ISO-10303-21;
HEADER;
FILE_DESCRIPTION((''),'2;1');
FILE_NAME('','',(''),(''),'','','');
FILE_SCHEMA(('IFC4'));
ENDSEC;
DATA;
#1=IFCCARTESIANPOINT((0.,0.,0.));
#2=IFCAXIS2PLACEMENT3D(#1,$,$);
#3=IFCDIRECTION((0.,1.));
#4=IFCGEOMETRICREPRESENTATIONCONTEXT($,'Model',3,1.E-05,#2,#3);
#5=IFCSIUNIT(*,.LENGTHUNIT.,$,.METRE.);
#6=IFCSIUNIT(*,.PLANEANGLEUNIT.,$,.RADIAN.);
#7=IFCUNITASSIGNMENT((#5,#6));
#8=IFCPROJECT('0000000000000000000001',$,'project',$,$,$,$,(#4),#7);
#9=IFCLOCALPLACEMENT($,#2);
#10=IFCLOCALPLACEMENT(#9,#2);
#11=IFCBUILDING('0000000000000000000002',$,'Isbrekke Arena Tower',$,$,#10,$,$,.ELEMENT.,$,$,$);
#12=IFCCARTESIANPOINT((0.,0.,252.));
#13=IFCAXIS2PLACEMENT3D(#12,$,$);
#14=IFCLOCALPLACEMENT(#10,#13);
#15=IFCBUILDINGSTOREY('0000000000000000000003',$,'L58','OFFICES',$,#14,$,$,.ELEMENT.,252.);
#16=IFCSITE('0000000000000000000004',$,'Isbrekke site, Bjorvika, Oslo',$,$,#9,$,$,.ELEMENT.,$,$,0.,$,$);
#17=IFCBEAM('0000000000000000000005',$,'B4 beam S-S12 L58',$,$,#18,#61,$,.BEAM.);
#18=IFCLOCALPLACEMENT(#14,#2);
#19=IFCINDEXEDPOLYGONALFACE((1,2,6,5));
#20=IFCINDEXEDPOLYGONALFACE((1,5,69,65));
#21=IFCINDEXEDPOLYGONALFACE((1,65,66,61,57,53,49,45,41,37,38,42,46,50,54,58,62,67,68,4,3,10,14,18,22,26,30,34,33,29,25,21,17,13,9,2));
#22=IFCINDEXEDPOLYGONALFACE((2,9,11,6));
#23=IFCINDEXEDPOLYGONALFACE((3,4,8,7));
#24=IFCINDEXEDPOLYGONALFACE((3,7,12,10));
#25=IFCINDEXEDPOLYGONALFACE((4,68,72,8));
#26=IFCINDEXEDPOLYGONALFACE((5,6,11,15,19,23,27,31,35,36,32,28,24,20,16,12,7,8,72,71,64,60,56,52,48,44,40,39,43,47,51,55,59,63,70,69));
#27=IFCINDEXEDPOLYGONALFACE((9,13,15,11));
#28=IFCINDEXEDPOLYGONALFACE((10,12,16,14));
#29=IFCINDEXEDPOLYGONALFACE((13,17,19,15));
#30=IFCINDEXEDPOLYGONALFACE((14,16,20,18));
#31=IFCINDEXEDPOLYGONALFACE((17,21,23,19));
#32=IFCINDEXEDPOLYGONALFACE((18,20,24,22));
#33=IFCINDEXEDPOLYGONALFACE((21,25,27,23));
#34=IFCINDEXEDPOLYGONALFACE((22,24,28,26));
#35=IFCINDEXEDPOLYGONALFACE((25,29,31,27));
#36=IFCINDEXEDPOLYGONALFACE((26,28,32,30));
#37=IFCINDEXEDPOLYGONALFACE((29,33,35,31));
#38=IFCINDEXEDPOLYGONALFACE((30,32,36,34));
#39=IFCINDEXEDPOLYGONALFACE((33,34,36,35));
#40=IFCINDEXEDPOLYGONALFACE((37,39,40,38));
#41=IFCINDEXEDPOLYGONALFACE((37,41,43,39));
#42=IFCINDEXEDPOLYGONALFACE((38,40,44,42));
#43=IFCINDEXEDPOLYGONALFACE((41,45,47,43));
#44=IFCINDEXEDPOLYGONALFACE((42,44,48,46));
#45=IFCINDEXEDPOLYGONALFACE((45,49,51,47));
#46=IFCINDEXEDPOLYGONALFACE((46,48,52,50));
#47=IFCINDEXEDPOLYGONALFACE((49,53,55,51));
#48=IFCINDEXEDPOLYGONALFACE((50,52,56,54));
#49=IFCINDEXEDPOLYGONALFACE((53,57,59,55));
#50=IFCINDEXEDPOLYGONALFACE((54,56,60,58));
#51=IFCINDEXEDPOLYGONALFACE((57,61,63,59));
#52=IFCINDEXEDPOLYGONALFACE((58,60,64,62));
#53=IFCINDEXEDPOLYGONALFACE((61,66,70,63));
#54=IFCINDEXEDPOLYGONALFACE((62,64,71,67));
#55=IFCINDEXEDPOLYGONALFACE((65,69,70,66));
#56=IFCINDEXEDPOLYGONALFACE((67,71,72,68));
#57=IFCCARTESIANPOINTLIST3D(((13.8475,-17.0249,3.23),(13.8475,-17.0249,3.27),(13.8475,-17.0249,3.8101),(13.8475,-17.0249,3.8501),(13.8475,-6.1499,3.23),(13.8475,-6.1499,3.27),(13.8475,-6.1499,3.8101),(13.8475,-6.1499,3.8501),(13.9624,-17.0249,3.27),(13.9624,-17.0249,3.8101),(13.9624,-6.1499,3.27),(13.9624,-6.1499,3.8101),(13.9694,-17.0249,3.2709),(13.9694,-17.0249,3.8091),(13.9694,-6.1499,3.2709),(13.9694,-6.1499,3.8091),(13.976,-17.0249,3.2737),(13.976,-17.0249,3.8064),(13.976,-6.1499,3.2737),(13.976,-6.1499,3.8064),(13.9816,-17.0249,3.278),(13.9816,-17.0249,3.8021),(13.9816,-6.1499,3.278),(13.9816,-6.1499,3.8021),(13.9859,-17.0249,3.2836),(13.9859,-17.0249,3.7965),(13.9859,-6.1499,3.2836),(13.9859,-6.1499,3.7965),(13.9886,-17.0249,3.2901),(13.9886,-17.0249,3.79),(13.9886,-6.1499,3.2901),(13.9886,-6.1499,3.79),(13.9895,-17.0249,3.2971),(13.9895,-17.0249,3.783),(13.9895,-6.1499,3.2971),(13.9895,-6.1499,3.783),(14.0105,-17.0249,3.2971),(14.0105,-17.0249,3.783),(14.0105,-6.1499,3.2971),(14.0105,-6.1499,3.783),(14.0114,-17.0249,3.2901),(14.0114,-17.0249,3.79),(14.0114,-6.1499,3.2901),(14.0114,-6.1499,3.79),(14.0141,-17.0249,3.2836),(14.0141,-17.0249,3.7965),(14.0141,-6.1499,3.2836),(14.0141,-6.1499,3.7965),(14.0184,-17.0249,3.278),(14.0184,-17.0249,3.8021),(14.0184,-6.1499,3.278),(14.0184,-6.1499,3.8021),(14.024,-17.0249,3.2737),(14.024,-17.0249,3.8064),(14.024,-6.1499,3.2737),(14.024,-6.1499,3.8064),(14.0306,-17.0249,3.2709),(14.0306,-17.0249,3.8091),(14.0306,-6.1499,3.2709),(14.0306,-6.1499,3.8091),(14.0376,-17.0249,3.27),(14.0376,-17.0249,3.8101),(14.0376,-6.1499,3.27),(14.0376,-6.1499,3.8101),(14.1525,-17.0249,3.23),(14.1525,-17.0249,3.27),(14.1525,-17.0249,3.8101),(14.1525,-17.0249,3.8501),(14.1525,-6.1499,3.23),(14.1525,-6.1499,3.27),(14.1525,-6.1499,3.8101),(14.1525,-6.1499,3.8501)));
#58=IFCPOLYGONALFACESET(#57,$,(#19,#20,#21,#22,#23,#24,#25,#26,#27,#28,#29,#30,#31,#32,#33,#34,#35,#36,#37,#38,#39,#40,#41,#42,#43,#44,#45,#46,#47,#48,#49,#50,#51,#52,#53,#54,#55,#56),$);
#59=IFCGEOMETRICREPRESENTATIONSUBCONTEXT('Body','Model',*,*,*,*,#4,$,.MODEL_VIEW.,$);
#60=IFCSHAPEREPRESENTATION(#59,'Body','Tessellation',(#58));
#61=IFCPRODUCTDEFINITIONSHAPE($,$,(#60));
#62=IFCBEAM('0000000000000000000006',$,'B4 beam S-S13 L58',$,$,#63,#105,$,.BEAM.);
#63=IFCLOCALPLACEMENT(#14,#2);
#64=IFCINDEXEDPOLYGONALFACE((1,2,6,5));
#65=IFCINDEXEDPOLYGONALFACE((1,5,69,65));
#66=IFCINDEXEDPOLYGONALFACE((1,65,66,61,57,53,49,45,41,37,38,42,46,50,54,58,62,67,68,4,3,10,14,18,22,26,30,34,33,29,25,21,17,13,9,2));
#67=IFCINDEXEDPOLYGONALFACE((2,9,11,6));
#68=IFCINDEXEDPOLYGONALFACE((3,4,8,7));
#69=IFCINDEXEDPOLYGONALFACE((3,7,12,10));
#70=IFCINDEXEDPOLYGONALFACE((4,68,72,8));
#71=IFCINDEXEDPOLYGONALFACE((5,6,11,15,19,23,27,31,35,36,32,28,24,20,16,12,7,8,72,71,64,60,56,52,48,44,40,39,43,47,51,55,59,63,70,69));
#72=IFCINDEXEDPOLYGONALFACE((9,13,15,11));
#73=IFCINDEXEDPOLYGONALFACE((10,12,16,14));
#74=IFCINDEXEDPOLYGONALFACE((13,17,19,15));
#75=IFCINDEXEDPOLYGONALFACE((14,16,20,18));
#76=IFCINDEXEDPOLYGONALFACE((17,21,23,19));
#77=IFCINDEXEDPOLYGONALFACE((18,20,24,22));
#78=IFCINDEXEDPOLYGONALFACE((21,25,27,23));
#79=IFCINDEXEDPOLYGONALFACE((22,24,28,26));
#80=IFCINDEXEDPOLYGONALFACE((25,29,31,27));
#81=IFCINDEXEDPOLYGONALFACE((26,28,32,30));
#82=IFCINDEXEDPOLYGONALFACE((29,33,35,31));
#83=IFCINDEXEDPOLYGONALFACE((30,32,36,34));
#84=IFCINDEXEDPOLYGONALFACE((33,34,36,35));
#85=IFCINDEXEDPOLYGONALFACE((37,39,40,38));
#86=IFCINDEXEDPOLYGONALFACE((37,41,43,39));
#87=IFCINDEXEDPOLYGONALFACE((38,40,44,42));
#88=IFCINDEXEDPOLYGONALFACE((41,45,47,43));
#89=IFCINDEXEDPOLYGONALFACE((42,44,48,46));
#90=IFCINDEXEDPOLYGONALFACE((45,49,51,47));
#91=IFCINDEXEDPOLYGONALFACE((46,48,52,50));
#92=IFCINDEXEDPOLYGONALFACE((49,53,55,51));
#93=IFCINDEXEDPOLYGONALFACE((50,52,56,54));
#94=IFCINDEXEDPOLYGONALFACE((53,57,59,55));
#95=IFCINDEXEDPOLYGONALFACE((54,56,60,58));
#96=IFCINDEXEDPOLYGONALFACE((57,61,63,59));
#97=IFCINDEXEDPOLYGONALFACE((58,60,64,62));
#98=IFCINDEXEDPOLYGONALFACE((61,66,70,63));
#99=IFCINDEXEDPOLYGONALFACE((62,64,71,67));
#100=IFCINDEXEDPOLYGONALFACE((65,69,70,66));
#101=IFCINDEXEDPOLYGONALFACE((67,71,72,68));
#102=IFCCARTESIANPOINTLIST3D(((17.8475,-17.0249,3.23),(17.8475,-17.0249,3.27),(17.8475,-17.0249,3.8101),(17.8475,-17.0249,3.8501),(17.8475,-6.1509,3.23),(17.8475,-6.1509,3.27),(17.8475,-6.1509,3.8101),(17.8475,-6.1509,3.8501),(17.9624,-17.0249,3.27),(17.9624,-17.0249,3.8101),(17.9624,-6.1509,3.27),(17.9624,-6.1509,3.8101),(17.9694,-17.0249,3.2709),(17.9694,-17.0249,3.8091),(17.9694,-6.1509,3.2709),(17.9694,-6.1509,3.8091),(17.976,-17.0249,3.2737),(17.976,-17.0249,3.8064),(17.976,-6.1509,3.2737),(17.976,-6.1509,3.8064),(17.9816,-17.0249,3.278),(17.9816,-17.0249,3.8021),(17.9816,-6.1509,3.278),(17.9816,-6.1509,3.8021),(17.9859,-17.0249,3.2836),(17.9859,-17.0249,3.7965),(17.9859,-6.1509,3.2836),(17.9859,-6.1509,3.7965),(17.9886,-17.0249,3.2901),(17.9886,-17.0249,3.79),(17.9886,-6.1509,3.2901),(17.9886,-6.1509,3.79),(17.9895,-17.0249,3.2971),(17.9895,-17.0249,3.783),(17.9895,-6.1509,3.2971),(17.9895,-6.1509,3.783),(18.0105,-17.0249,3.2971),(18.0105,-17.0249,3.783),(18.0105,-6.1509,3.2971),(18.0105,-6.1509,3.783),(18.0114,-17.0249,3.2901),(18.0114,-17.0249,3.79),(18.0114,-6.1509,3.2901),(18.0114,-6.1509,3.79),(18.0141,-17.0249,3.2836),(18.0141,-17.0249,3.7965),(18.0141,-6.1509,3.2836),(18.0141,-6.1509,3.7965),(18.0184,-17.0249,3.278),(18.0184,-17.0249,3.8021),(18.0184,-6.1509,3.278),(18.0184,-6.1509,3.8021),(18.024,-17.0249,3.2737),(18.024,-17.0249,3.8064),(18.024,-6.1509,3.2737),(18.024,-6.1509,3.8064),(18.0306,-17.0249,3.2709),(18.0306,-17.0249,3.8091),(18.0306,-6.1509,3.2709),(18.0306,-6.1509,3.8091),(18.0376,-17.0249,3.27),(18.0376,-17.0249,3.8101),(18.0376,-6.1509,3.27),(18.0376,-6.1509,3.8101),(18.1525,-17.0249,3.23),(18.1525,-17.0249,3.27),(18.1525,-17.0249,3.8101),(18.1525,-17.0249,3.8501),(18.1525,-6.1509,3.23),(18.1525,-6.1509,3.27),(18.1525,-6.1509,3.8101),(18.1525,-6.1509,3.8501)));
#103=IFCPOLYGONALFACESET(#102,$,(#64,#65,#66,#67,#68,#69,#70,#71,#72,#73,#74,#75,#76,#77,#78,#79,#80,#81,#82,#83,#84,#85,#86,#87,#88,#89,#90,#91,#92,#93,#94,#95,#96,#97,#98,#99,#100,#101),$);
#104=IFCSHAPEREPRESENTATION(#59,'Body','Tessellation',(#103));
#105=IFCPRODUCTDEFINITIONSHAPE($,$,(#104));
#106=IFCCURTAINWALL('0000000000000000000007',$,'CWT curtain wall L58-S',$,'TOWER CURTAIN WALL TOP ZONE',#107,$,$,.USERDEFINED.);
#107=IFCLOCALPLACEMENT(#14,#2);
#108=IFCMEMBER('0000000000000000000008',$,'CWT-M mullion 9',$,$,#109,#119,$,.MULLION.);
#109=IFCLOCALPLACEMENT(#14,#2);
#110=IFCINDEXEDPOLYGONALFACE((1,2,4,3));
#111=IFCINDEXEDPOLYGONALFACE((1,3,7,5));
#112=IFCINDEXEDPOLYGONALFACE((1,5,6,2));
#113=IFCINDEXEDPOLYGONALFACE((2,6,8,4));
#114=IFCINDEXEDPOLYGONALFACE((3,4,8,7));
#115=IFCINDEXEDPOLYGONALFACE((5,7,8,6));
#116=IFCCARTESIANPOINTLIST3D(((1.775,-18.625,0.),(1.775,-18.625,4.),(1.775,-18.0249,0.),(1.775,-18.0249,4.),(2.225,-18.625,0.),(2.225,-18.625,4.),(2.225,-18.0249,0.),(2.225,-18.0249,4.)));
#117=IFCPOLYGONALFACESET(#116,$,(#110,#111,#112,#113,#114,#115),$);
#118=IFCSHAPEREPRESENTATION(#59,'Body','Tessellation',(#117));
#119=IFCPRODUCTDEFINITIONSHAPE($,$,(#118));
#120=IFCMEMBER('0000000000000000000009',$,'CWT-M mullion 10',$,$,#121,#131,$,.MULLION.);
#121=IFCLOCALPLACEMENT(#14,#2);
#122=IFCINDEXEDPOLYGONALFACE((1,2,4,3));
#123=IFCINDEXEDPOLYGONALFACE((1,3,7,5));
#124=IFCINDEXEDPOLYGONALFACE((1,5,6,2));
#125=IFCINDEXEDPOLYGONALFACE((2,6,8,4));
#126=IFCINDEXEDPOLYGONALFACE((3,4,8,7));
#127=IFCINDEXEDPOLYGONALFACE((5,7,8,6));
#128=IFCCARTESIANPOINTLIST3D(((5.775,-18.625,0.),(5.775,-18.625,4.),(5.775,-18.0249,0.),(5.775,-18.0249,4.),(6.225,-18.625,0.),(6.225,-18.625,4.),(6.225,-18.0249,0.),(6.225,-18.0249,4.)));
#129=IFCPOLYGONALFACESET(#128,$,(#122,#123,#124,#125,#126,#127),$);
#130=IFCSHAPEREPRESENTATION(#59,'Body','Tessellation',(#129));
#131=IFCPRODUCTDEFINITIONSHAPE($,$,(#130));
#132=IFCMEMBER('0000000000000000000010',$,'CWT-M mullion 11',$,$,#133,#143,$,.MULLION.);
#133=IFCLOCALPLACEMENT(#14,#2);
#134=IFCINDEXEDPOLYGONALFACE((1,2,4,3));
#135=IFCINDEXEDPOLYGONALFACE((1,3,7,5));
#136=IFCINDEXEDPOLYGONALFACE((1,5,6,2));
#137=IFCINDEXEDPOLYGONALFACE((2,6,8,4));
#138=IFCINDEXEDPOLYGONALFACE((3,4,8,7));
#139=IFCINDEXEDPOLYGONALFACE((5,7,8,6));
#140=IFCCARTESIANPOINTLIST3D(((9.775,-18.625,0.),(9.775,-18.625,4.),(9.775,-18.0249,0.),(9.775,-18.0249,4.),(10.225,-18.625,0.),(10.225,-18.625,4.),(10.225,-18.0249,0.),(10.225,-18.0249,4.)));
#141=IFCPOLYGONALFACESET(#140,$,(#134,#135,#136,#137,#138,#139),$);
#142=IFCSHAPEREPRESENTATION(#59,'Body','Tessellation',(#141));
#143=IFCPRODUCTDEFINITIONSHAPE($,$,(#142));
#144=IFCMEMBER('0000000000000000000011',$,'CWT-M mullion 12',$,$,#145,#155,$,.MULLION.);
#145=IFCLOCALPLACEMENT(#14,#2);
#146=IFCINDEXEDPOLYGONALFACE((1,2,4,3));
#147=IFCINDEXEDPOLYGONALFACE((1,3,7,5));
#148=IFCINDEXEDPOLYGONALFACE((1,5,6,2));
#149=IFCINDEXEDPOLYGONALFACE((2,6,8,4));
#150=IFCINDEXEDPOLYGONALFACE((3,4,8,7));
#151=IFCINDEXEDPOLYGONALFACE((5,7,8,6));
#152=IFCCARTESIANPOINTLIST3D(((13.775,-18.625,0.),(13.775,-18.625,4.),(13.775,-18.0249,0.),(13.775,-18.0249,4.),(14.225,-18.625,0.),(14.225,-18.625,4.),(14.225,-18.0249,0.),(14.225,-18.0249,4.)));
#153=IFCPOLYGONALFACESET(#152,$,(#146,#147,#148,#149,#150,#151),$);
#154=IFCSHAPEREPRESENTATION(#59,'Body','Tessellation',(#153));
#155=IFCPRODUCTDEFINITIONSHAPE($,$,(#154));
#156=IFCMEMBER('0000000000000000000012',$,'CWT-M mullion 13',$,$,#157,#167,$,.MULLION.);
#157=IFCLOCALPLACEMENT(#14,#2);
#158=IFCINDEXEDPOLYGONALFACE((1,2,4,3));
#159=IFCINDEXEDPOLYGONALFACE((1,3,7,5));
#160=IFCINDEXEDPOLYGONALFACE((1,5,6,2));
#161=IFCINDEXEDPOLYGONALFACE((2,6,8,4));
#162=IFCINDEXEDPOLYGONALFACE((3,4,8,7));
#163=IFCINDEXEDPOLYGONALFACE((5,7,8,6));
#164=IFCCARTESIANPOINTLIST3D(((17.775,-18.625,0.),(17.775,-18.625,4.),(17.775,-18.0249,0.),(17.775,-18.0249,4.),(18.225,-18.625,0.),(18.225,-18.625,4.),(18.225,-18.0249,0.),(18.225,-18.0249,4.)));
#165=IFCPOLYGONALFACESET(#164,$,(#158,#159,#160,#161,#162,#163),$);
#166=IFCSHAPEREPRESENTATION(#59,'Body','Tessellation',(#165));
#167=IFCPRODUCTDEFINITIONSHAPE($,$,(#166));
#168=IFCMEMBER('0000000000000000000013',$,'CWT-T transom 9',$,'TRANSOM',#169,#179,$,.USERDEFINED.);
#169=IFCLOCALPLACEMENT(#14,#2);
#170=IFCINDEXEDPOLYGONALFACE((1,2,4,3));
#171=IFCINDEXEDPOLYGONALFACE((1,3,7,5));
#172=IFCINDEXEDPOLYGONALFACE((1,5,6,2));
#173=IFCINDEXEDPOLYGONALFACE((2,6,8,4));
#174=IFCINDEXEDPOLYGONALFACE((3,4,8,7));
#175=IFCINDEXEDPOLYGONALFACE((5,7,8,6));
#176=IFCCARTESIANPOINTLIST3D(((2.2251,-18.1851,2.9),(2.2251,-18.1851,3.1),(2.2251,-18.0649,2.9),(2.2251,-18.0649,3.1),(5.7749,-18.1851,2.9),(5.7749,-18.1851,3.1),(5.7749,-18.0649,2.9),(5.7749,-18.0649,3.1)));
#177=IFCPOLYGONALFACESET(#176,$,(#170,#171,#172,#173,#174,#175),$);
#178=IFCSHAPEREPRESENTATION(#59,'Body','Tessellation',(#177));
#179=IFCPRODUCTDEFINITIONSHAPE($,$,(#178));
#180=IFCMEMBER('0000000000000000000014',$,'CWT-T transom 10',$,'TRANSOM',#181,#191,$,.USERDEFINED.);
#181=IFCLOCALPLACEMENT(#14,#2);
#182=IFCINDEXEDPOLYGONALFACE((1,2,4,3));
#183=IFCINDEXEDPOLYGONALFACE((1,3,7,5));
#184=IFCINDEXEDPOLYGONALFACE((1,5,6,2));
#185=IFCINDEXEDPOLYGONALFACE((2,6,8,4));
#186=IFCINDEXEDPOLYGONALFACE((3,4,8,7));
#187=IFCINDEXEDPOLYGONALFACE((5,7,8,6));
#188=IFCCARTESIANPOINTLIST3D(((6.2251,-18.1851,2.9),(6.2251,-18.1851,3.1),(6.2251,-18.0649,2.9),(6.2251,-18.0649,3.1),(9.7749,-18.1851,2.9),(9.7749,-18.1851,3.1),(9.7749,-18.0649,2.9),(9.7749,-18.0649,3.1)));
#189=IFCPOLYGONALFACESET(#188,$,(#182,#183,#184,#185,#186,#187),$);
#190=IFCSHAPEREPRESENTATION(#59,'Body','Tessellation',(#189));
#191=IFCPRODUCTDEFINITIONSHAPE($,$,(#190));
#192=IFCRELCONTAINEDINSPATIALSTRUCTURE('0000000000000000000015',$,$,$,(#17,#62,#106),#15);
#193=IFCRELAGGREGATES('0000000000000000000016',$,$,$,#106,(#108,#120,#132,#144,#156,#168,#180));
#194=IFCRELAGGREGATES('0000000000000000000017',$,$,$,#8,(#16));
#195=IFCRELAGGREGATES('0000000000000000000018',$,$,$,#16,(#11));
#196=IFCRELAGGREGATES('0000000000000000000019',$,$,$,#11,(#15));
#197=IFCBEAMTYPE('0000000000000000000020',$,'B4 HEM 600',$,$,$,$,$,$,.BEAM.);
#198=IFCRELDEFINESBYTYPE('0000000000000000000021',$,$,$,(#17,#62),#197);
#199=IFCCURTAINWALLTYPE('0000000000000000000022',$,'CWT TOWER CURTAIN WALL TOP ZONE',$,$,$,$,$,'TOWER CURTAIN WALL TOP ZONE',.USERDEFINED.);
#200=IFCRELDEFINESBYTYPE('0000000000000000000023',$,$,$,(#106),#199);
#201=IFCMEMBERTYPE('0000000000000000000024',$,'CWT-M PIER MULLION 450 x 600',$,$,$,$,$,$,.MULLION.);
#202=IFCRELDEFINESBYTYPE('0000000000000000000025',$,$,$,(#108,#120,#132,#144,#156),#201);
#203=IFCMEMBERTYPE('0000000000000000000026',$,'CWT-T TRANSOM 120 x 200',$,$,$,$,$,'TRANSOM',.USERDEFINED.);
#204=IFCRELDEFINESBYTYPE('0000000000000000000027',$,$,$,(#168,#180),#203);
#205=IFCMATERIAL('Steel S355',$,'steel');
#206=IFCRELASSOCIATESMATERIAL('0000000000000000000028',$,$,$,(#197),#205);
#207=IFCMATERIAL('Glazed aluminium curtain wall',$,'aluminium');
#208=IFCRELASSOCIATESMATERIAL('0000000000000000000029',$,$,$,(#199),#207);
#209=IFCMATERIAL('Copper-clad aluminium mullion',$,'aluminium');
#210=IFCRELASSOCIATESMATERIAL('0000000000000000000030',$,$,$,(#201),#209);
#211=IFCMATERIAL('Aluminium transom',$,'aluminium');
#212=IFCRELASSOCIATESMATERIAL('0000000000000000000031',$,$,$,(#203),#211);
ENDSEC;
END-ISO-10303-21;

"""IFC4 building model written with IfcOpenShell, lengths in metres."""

from ifc_helpers import new_model, si_unit, direction, frame, origin, origin_2d, place, context, subcontext, project, spatial, rectangle, i_section, extrude, material, material_profile, profile_set, type_object, element, aggregate, save


model = new_model("IFC4")

# Units and contexts
model_context = context("Model", 3, precision=1e-05, world=origin(), true_north=direction((0.0, 1.0)))
body_context = subcontext(model_context, "Body", "Model", "MODEL_VIEW")
ifc_project = project(units=[si_unit("LENGTHUNIT", "METRE"), si_unit("PLANEANGLEUNIT", "RADIAN")], contexts=[model_context])

# Site, building, storey
site_placement = place(None, origin())
site = spatial("IfcSite", under=ifc_project, at=site_placement, Name="Isbrekke site, Bjorvika, Oslo", CompositionType="ELEMENT", RefElevation=0.0)
building_placement = place(site_placement, origin())
building = spatial("IfcBuilding", under=site, at=building_placement, Name="Isbrekke Arena Tower", CompositionType="ELEMENT")
storey_placement = place(building_placement, frame((0.0, 0.0, 252.0)))
storey = spatial("IfcBuildingStorey", under=building, at=storey_placement, Name="L58", Description="OFFICES", CompositionType="ELEMENT", Elevation=252.0)

# Beams
ifc_material_1 = material(Name="Steel S355", Category="steel")
ifc_material_profile_1 = material_profile(ifc_material_1, i_section(OverallWidth=0.3049, OverallDepth=0.6201, WebThickness=0.021, FlangeThickness=0.04, FilletRadius=0.0271, at=origin_2d()), Name="HEM 600")
ifc_profile_set_1 = profile_set([ifc_material_profile_1], Name="Steel S355")
beam_type_1 = type_object("IfcBeamType", Name="B4 HEM 600", PredefinedType="BEAM", material=ifc_profile_set_1)
beam_1_placement = place(storey_placement, frame((14.0, -17.0249, 3.54), z_axis=(0.0, 1.0, 0.0), x_axis=(-1.0, 0.0, 0.0)))
element("IfcBeam", 1, at=beam_1_placement, inside=storey, type_object=beam_type_1, Name="B4 beam S-S12 L58", PredefinedType="BEAM", context=body_context, shape_type="SweptSolid", body=[
    extrude(i_section(OverallWidth=0.3049, OverallDepth=0.6201, WebThickness=0.021, FlangeThickness=0.04, FilletRadius=0.0271, at=origin_2d()), origin(), (0.0, 0.0, 1.0), 10.875),
])
beam_2_placement = place(storey_placement, frame((18.0, -17.0249, 3.54), z_axis=(0.0, 1.0, 0.0), x_axis=(-1.0, 0.0, 0.0)))
element("IfcBeam", 2, at=beam_2_placement, inside=storey, type_object=beam_type_1, Name="B4 beam S-S13 L58", PredefinedType="BEAM", context=body_context, shape_type="SweptSolid", body=[
    extrude(i_section(OverallWidth=0.3049, OverallDepth=0.6201, WebThickness=0.021, FlangeThickness=0.04, FilletRadius=0.0271, at=origin_2d()), origin(), (0.0, 0.0, 1.0), 10.874),
])

# Curtain wall, members
ifc_material_2 = material(Name="Glazed aluminium curtain wall", Category="aluminium")
curtain_wall_type = type_object("IfcCurtainWallType", Name="CWT TOWER CURTAIN WALL TOP ZONE", ElementType="TOWER CURTAIN WALL TOP ZONE", PredefinedType="USERDEFINED", material=ifc_material_2)
curtain_wall_placement = place(storey_placement, origin())
curtain_wall = element("IfcCurtainWall", 3, at=curtain_wall_placement, inside=storey, type_object=curtain_wall_type, Name="CWT curtain wall L58-S", ObjectType="TOWER CURTAIN WALL TOP ZONE", PredefinedType="USERDEFINED")
ifc_material_3 = material(Name="Copper-clad aluminium mullion", Category="aluminium")
ifc_material_profile_2 = material_profile(ifc_material_3, rectangle(XDim=0.45, YDim=0.6001, at=origin_2d()), Name="PIER 450X600")
ifc_profile_set_2 = profile_set([ifc_material_profile_2], Name="Copper-clad aluminium mullion")
member_type_1 = type_object("IfcMemberType", Name="CWT-M PIER MULLION 450 x 600", PredefinedType="MULLION", material=ifc_profile_set_2)
member_1_placement = place(storey_placement, frame((2.0, -18.325, 0.0), z_axis=(0.0, 0.0, 1.0), x_axis=(1.0, 0.0, 0.0)))
member_1 = element("IfcMember", 4, at=member_1_placement, type_object=member_type_1, Name="CWT-M mullion 9", PredefinedType="MULLION", context=body_context, shape_type="SweptSolid", body=[
    extrude(rectangle(XDim=0.45, YDim=0.6001, at=origin_2d()), origin(), (0.0, 0.0, 1.0), 4.0),
])
member_2_placement = place(storey_placement, frame((6.0, -18.325, 0.0), z_axis=(0.0, 0.0, 1.0), x_axis=(1.0, 0.0, 0.0)))
member_2 = element("IfcMember", 5, at=member_2_placement, type_object=member_type_1, Name="CWT-M mullion 10", PredefinedType="MULLION", context=body_context, shape_type="SweptSolid", body=[
    extrude(rectangle(XDim=0.45, YDim=0.6001, at=origin_2d()), origin(), (0.0, 0.0, 1.0), 4.0),
])
member_3_placement = place(storey_placement, frame((10.0, -18.325, 0.0), z_axis=(0.0, 0.0, 1.0), x_axis=(1.0, 0.0, 0.0)))
member_3 = element("IfcMember", 6, at=member_3_placement, type_object=member_type_1, Name="CWT-M mullion 11", PredefinedType="MULLION", context=body_context, shape_type="SweptSolid", body=[
    extrude(rectangle(XDim=0.45, YDim=0.6001, at=origin_2d()), origin(), (0.0, 0.0, 1.0), 4.0),
])
member_4_placement = place(storey_placement, frame((14.0, -18.325, 0.0), z_axis=(0.0, 0.0, 1.0), x_axis=(1.0, 0.0, 0.0)))
member_4 = element("IfcMember", 7, at=member_4_placement, type_object=member_type_1, Name="CWT-M mullion 12", PredefinedType="MULLION", context=body_context, shape_type="SweptSolid", body=[
    extrude(rectangle(XDim=0.45, YDim=0.6001, at=origin_2d()), origin(), (0.0, 0.0, 1.0), 4.0),
])
member_5_placement = place(storey_placement, frame((18.0, -18.325, 0.0), z_axis=(0.0, 0.0, 1.0), x_axis=(1.0, 0.0, 0.0)))
member_5 = element("IfcMember", 8, at=member_5_placement, type_object=member_type_1, Name="CWT-M mullion 13", PredefinedType="MULLION", context=body_context, shape_type="SweptSolid", body=[
    extrude(rectangle(XDim=0.45, YDim=0.6001, at=origin_2d()), origin(), (0.0, 0.0, 1.0), 4.0),
])
ifc_material_4 = material(Name="Aluminium transom", Category="aluminium")
ifc_material_profile_3 = material_profile(ifc_material_4, rectangle(XDim=0.1201, YDim=0.2, at=origin_2d()), Name="TRANSOM 120X200")
ifc_profile_set_3 = profile_set([ifc_material_profile_3], Name="Aluminium transom")
member_type_2 = type_object("IfcMemberType", Name="CWT-T TRANSOM 120 x 200", ElementType="TRANSOM", PredefinedType="USERDEFINED", material=ifc_profile_set_3)
member_6_placement = place(storey_placement, frame((2.2251, -18.125, 3.0), z_axis=(1.0, 0.0, 0.0), x_axis=(0.0, 1.0, 0.0)))
member_6 = element("IfcMember", 9, at=member_6_placement, type_object=member_type_2, Name="CWT-T transom 9", ObjectType="TRANSOM", PredefinedType="USERDEFINED", context=body_context, shape_type="SweptSolid", body=[
    extrude(rectangle(XDim=0.1201, YDim=0.2, at=origin_2d()), origin(), (0.0, 0.0, 1.0), 3.5498),
])
member_7_placement = place(storey_placement, frame((6.2251, -18.125, 3.0), z_axis=(1.0, 0.0, 0.0), x_axis=(0.0, 1.0, 0.0)))
member_7 = element("IfcMember", 10, at=member_7_placement, type_object=member_type_2, Name="CWT-T transom 10", ObjectType="TRANSOM", PredefinedType="USERDEFINED", context=body_context, shape_type="SweptSolid", body=[
    extrude(rectangle(XDim=0.1201, YDim=0.2, at=origin_2d()), origin(), (0.0, 0.0, 1.0), 3.5498),
])

aggregate(curtain_wall, [member_1, member_2, member_3, member_4, member_5, member_6, member_7])

save(model, "model.ifc")
